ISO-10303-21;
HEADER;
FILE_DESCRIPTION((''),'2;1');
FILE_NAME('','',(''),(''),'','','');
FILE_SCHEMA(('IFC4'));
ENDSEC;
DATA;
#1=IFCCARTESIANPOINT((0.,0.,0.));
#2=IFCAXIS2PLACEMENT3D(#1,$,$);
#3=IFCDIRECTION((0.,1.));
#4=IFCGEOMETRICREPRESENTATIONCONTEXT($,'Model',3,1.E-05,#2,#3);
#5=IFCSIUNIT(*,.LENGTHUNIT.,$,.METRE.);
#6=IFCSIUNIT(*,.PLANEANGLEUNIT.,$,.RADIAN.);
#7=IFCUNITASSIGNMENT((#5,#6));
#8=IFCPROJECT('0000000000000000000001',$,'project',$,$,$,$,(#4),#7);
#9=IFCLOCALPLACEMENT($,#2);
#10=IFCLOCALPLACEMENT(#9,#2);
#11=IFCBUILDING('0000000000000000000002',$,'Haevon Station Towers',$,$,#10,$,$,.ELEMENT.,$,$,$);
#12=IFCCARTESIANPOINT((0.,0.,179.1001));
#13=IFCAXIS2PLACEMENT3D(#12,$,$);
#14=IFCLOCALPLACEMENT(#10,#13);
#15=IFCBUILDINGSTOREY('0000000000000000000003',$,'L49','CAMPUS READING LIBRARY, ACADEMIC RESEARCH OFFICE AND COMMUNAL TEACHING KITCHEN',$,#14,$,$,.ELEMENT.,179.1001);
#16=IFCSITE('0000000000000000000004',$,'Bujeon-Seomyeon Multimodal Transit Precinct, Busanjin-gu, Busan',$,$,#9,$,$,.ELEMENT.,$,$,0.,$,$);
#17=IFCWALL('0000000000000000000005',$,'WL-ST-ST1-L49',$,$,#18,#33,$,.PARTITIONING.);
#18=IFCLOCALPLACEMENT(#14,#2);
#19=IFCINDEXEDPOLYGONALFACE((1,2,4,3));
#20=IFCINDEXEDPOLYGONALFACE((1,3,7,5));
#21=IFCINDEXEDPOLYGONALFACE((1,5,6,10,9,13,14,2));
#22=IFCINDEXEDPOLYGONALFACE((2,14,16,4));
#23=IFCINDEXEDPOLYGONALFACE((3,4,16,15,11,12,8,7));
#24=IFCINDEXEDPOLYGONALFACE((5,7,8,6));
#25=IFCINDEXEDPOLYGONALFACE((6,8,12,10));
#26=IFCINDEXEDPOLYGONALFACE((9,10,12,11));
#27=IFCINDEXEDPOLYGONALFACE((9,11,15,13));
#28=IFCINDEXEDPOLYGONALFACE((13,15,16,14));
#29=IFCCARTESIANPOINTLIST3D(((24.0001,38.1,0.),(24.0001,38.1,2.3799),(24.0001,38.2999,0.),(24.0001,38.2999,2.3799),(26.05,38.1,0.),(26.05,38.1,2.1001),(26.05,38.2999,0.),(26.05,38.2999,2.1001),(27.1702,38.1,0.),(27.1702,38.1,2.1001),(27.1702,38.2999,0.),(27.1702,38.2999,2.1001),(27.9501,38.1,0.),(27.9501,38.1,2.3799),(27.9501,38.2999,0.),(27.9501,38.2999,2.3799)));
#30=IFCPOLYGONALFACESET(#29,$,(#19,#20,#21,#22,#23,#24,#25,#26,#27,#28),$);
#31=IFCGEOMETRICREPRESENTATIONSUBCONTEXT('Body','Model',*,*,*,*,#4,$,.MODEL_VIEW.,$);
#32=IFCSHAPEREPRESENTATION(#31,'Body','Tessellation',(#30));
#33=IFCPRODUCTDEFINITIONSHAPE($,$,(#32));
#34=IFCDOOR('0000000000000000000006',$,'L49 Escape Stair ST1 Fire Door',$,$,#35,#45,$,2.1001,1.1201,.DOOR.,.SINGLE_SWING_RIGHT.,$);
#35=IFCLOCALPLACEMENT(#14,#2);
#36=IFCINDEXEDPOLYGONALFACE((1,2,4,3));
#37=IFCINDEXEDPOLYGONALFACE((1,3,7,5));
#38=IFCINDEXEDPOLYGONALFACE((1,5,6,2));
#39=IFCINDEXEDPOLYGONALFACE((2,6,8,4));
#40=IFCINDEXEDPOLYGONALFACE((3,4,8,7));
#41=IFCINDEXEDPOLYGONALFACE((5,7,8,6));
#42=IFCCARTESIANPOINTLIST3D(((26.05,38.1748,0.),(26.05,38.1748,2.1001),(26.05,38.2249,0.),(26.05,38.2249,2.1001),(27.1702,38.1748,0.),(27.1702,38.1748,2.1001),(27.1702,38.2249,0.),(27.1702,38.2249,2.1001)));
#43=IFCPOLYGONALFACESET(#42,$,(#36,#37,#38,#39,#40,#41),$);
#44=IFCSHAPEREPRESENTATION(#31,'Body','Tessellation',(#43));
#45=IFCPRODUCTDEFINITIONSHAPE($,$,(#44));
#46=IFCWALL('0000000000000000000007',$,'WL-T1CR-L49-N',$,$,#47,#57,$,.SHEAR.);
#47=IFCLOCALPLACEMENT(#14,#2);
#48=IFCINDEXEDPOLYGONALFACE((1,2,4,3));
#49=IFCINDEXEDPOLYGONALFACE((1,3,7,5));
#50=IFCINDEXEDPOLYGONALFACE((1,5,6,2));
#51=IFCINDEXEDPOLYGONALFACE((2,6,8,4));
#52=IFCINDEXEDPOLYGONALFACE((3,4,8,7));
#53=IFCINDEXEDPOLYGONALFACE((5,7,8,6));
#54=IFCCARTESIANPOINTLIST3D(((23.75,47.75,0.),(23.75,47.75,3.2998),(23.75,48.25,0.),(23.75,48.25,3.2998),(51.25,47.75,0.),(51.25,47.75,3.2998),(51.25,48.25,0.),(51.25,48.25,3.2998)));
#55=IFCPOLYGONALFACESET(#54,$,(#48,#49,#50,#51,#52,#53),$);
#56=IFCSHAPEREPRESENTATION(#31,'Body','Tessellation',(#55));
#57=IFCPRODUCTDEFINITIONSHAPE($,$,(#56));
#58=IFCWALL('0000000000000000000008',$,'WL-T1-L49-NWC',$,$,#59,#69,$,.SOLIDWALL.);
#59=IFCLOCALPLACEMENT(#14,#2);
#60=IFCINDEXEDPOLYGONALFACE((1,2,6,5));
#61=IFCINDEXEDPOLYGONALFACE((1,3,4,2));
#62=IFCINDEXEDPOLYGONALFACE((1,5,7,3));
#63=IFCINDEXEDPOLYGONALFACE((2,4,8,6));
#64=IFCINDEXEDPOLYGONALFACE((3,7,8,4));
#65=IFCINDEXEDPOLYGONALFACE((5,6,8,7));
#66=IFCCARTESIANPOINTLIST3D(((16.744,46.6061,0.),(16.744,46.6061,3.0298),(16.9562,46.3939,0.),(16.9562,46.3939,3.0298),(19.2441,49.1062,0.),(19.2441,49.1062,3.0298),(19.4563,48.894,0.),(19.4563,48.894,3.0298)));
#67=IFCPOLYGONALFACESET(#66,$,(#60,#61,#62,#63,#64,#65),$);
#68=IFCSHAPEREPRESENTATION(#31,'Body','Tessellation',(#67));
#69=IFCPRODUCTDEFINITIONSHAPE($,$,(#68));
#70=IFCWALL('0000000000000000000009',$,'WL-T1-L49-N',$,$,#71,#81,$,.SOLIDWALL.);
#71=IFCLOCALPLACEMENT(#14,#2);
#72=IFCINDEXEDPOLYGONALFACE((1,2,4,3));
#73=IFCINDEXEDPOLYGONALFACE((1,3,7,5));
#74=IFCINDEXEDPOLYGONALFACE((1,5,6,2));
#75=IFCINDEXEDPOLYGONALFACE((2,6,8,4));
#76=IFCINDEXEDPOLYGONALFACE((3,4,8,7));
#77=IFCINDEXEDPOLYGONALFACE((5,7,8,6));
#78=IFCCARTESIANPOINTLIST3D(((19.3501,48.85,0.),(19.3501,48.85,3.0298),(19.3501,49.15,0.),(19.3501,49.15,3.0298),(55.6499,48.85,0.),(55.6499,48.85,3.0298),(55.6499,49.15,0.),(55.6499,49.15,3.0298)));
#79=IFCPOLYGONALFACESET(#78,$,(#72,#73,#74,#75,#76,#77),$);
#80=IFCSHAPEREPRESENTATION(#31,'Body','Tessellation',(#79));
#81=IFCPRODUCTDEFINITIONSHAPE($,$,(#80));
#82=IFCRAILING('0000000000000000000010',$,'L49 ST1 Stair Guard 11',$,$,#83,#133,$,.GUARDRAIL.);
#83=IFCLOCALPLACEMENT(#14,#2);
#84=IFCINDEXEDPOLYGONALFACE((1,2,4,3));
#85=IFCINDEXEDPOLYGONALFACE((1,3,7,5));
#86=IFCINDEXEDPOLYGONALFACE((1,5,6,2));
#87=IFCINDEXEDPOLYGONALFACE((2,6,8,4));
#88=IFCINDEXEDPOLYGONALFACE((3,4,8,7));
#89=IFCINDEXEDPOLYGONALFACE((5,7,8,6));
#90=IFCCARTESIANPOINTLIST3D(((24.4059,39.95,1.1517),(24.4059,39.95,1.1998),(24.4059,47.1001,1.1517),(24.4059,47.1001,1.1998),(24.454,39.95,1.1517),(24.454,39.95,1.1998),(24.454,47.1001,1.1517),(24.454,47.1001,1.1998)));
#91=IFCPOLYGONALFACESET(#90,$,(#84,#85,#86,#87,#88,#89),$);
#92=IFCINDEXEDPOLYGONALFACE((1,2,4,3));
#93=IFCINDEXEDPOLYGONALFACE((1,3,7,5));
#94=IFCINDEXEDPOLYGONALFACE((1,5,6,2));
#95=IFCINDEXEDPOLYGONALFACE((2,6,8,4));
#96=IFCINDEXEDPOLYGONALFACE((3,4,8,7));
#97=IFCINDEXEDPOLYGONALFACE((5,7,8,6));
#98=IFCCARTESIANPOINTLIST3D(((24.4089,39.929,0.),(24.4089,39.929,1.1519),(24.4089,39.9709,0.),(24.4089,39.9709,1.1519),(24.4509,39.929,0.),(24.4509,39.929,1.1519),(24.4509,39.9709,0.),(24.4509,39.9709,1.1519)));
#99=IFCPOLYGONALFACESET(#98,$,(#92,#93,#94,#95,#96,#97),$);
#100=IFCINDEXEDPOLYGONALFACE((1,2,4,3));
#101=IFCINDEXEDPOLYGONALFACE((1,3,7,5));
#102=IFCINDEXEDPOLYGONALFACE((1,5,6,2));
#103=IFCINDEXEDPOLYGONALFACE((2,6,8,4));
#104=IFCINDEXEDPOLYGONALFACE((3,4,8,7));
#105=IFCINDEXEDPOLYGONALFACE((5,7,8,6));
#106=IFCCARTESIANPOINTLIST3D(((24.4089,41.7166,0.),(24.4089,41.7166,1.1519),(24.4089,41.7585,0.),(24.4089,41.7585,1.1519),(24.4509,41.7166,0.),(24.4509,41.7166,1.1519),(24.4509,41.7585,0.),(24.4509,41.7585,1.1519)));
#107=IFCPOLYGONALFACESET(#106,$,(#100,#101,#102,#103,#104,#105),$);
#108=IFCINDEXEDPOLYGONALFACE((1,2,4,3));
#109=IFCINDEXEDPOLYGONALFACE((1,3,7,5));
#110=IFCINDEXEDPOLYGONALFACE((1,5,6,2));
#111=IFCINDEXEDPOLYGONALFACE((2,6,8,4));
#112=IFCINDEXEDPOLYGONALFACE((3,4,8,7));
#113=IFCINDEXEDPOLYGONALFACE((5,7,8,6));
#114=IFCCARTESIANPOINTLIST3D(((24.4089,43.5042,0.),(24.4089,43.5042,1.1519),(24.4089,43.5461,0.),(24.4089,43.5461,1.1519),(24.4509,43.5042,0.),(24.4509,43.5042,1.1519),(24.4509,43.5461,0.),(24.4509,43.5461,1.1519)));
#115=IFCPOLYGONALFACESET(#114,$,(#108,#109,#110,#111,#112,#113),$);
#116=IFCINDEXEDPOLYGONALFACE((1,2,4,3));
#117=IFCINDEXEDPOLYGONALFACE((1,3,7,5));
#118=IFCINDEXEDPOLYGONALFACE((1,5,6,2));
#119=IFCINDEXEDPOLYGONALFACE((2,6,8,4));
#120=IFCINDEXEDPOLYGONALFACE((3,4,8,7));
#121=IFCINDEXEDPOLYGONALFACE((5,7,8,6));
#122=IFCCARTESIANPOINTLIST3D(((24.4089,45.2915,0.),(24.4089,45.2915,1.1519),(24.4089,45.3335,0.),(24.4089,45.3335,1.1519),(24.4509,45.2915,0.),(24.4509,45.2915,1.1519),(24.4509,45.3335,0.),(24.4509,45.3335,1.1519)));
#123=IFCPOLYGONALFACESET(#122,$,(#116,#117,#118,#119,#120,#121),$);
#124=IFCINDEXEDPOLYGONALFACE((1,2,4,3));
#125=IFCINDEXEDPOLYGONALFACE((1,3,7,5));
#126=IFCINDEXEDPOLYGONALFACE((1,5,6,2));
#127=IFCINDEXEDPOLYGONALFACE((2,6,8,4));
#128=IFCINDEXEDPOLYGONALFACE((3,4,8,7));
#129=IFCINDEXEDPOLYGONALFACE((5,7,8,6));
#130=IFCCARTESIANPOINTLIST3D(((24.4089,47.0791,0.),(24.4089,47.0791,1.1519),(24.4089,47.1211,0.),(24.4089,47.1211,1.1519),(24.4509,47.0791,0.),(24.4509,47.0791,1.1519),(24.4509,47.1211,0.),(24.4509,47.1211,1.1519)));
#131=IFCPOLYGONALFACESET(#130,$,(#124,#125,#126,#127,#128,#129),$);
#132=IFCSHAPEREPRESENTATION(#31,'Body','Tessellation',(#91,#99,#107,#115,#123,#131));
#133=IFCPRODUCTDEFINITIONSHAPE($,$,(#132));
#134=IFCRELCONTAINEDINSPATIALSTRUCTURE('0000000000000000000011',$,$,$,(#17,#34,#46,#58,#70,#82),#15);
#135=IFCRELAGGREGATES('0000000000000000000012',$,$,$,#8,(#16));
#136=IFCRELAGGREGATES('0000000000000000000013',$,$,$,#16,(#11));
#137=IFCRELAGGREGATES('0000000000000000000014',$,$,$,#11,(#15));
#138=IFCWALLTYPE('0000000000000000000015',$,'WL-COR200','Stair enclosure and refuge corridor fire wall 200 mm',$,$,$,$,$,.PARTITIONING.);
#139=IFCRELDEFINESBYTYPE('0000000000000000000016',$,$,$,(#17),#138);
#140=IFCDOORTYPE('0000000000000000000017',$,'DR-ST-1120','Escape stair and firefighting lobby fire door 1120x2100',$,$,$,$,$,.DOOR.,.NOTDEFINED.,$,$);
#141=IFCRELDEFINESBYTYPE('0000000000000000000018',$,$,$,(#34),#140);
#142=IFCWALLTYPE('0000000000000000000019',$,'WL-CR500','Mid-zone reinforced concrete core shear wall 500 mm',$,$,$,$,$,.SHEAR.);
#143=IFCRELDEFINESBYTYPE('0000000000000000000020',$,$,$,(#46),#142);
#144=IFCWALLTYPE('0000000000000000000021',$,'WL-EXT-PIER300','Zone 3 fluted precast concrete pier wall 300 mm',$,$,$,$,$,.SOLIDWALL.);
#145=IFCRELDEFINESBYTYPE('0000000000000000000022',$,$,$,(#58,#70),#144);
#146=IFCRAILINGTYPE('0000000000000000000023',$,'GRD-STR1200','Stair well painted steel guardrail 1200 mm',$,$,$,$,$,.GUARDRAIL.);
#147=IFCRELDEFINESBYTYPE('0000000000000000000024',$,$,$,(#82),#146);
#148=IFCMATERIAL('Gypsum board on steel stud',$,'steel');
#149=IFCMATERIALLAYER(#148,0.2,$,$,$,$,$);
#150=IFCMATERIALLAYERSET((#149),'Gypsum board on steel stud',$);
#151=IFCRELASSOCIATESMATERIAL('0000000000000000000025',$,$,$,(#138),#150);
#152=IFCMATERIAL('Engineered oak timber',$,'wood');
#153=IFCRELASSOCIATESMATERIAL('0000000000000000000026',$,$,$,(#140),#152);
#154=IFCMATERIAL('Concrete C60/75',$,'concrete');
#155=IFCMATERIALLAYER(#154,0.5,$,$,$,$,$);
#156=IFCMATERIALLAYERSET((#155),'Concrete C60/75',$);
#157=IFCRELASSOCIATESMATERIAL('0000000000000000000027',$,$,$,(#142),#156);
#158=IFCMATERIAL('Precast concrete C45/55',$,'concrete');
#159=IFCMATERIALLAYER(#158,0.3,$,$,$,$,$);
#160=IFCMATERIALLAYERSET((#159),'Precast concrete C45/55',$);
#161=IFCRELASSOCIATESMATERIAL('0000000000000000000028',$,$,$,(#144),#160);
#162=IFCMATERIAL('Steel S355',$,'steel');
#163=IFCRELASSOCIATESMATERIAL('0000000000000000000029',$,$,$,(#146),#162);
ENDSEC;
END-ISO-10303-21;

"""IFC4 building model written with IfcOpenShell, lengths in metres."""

from ifc_helpers import new_model, si_unit, direction, frame, frame_2d, origin, origin_2d, place, context, subcontext, project, spatial, rectangle, extrude, material, layer, layer_set, type_object, element, fill, save


model = new_model("IFC4")

# Units and contexts
model_context = context("Model", 3, precision=1e-05, world=origin(), true_north=direction((0.0, 1.0)))
body_context = subcontext(model_context, "Body", "Model", "MODEL_VIEW")
ifc_project = project(units=[si_unit("LENGTHUNIT", "METRE"), si_unit("PLANEANGLEUNIT", "RADIAN")], contexts=[model_context])

# Site, building, storey
site_placement = place(None, origin())
site = spatial("IfcSite", under=ifc_project, at=site_placement, Name="Bujeon-Seomyeon Multimodal Transit Precinct, Busanjin-gu, Busan", CompositionType="ELEMENT", RefElevation=0.0)
building_placement = place(site_placement, origin())
building = spatial("IfcBuilding", under=site, at=building_placement, Name="Haevon Station Towers", CompositionType="ELEMENT")
storey_placement = place(building_placement, frame((0.0, 0.0, 179.1001)))
storey = spatial("IfcBuildingStorey", under=building, at=storey_placement, Name="L49", Description="CAMPUS READING LIBRARY, ACADEMIC RESEARCH OFFICE AND COMMUNAL TEACHING KITCHEN", CompositionType="ELEMENT", Elevation=179.1001)

# Shared definitions
ifc_material_1 = material(Name="Steel S355", Category="steel")

# Wall, opening, door
ifc_material_2 = material(Name="Gypsum board on steel stud", Category="steel")
ifc_layer_1 = layer(ifc_material_2, 0.2)
ifc_layer_set_1 = layer_set([ifc_layer_1], Name="Gypsum board on steel stud")
wall_type_1 = type_object("IfcWallType", Name="WL-COR200", Description="Stair enclosure and refuge corridor fire wall 200 mm", PredefinedType="PARTITIONING", material=ifc_layer_set_1)
wall_1_placement = place(storey_placement, frame((24.0, 38.2, 0.0), z_axis=(0.0, 0.0, 1.0), x_axis=(1.0, 0.0, 0.0)))
wall_1 = element("IfcWall", 1, at=wall_1_placement, inside=storey, type_object=wall_type_1, Name="WL-ST-ST1-L49", PredefinedType="PARTITIONING", context=body_context, shape_type="SweptSolid", body=[
    extrude(rectangle(XDim=3.95, YDim=0.2, at=frame_2d((1.9751, 0.0))), origin(), (0.0, 0.0, 1.0), 2.3799),
])
opening_placement = place(wall_1_placement, frame((2.05, 0.0, 0.0)))
opening = element("IfcOpeningElement", 2, at=opening_placement, cuts=wall_1, PredefinedType="OPENING", context=body_context, shape_type="SweptSolid", body=[
    extrude(rectangle(XDim=1.1201, YDim=2.1001, at=frame_2d((0.5601, 1.05))), frame((0.0, 0.1099, 0.0), z_axis=(0.0, -1.0, 0.0), x_axis=(1.0, 0.0, 0.0)), (0.0, 0.0, 1.0), 0.22),
])
ifc_material_3 = material(Name="Engineered oak timber", Category="wood")
door_type = type_object("IfcDoorType", Name="DR-ST-1120", Description="Escape stair and firefighting lobby fire door 1120x2100", OperationType="NOTDEFINED", PredefinedType="DOOR", material=ifc_material_3)
door_placement = place(opening_placement, origin())
door = element("IfcDoor", 3, at=door_placement, inside=storey, type_object=door_type, Name="L49 Escape Stair ST1 Fire Door", OperationType="SINGLE_SWING_RIGHT", OverallHeight=2.1001, OverallWidth=1.1201, PredefinedType="DOOR", context=body_context, shape_type="SweptSolid", body=[
    extrude(rectangle(XDim=1.1201, YDim=2.1001, at=frame_2d((0.5601, 1.05))), frame((0.0, 0.0249, 0.0), z_axis=(0.0, -1.0, 0.0), x_axis=(1.0, 0.0, 0.0)), (0.0, 0.0, 1.0), 0.05),
])
fill(opening, door)

# Walls
ifc_material_4 = material(Name="Concrete C60/75", Category="concrete")
ifc_layer_2 = layer(ifc_material_4, 0.5)
ifc_layer_set_2 = layer_set([ifc_layer_2], Name="Concrete C60/75")
wall_type_2 = type_object("IfcWallType", Name="WL-CR500", Description="Mid-zone reinforced concrete core shear wall 500 mm", PredefinedType="SHEAR", material=ifc_layer_set_2)
wall_2_placement = place(storey_placement, frame((23.75, 48.0, 0.0), z_axis=(0.0, 0.0, 1.0), x_axis=(1.0, 0.0, 0.0)))
element("IfcWall", 4, at=wall_2_placement, inside=storey, type_object=wall_type_2, Name="WL-T1CR-L49-N", PredefinedType="SHEAR", context=body_context, shape_type="SweptSolid", body=[
    extrude(rectangle(XDim=27.5, YDim=0.5, at=frame_2d((13.75, 0.0))), origin(), (0.0, 0.0, 1.0), 3.2998),
])
ifc_material_5 = material(Name="Precast concrete C45/55", Category="concrete")
ifc_layer_3 = layer(ifc_material_5, 0.3)
ifc_layer_set_3 = layer_set([ifc_layer_3], Name="Precast concrete C45/55")
wall_type_3 = type_object("IfcWallType", Name="WL-EXT-PIER300", Description="Zone 3 fluted precast concrete pier wall 300 mm", PredefinedType="SOLIDWALL", material=ifc_layer_set_3)
wall_3_placement = place(storey_placement, frame((16.8501, 46.5, 0.0), z_axis=(0.0, 0.0, 1.0), x_axis=(0.707107, 0.707107, 0.0)))
element("IfcWall", 5, at=wall_3_placement, inside=storey, type_object=wall_type_3, Name="WL-T1-L49-NWC", PredefinedType="SOLIDWALL", context=body_context, shape_type="SweptSolid", body=[
    extrude(rectangle(XDim=3.5356, YDim=0.3, at=frame_2d((1.7678, 0.0))), origin(), (0.0, 0.0, 1.0), 3.0298),
])
wall_4_placement = place(storey_placement, frame((19.3501, 49.0, 0.0), z_axis=(0.0, 0.0, 1.0), x_axis=(1.0, 0.0, 0.0)))
element("IfcWall", 6, at=wall_4_placement, inside=storey, type_object=wall_type_3, Name="WL-T1-L49-N", PredefinedType="SOLIDWALL", context=body_context, shape_type="SweptSolid", body=[
    extrude(rectangle(XDim=36.2998, YDim=0.3, at=frame_2d((18.1499, 0.0))), origin(), (0.0, 0.0, 1.0), 3.0298),
])

# Railing
railing_type = type_object("IfcRailingType", Name="GRD-STR1200", Description="Stair well painted steel guardrail 1200 mm", PredefinedType="GUARDRAIL", material=ifc_material_1)
railing_placement = place(storey_placement, frame((24.4299, 39.95, 0.0)))
element("IfcRailing", 7, at=railing_placement, inside=storey, type_object=railing_type, Name="L49 ST1 Stair Guard 11", PredefinedType="GUARDRAIL", context=body_context, shape_type="SweptSolid", body=[
    extrude(rectangle(XDim=0.0481, YDim=0.0481, at=origin_2d()), frame((0.0, 0.0, 1.1758), z_axis=(0.0, 1.0, 0.0), x_axis=(-1.0, 0.0, 0.0)), (0.0, 0.0, 1.0), 7.1501),
    extrude(rectangle(XDim=0.042, YDim=0.042, at=origin_2d()), origin(), (0.0, 0.0, 1.0), 1.1519),
    extrude(rectangle(XDim=0.042, YDim=0.042, at=origin_2d()), frame((0.0, 1.7876, 0.0)), (0.0, 0.0, 1.0), 1.1519),
    extrude(rectangle(XDim=0.042, YDim=0.042, at=origin_2d()), frame((0.0, 3.5752, 0.0)), (0.0, 0.0, 1.0), 1.1519),
    extrude(rectangle(XDim=0.042, YDim=0.042, at=origin_2d()), frame((0.0, 5.3625, 0.0)), (0.0, 0.0, 1.0), 1.1519),
    extrude(rectangle(XDim=0.042, YDim=0.042, at=origin_2d()), frame((0.0, 7.1501, 0.0)), (0.0, 0.0, 1.0), 1.1519),
])

save(model, "model.ifc")
